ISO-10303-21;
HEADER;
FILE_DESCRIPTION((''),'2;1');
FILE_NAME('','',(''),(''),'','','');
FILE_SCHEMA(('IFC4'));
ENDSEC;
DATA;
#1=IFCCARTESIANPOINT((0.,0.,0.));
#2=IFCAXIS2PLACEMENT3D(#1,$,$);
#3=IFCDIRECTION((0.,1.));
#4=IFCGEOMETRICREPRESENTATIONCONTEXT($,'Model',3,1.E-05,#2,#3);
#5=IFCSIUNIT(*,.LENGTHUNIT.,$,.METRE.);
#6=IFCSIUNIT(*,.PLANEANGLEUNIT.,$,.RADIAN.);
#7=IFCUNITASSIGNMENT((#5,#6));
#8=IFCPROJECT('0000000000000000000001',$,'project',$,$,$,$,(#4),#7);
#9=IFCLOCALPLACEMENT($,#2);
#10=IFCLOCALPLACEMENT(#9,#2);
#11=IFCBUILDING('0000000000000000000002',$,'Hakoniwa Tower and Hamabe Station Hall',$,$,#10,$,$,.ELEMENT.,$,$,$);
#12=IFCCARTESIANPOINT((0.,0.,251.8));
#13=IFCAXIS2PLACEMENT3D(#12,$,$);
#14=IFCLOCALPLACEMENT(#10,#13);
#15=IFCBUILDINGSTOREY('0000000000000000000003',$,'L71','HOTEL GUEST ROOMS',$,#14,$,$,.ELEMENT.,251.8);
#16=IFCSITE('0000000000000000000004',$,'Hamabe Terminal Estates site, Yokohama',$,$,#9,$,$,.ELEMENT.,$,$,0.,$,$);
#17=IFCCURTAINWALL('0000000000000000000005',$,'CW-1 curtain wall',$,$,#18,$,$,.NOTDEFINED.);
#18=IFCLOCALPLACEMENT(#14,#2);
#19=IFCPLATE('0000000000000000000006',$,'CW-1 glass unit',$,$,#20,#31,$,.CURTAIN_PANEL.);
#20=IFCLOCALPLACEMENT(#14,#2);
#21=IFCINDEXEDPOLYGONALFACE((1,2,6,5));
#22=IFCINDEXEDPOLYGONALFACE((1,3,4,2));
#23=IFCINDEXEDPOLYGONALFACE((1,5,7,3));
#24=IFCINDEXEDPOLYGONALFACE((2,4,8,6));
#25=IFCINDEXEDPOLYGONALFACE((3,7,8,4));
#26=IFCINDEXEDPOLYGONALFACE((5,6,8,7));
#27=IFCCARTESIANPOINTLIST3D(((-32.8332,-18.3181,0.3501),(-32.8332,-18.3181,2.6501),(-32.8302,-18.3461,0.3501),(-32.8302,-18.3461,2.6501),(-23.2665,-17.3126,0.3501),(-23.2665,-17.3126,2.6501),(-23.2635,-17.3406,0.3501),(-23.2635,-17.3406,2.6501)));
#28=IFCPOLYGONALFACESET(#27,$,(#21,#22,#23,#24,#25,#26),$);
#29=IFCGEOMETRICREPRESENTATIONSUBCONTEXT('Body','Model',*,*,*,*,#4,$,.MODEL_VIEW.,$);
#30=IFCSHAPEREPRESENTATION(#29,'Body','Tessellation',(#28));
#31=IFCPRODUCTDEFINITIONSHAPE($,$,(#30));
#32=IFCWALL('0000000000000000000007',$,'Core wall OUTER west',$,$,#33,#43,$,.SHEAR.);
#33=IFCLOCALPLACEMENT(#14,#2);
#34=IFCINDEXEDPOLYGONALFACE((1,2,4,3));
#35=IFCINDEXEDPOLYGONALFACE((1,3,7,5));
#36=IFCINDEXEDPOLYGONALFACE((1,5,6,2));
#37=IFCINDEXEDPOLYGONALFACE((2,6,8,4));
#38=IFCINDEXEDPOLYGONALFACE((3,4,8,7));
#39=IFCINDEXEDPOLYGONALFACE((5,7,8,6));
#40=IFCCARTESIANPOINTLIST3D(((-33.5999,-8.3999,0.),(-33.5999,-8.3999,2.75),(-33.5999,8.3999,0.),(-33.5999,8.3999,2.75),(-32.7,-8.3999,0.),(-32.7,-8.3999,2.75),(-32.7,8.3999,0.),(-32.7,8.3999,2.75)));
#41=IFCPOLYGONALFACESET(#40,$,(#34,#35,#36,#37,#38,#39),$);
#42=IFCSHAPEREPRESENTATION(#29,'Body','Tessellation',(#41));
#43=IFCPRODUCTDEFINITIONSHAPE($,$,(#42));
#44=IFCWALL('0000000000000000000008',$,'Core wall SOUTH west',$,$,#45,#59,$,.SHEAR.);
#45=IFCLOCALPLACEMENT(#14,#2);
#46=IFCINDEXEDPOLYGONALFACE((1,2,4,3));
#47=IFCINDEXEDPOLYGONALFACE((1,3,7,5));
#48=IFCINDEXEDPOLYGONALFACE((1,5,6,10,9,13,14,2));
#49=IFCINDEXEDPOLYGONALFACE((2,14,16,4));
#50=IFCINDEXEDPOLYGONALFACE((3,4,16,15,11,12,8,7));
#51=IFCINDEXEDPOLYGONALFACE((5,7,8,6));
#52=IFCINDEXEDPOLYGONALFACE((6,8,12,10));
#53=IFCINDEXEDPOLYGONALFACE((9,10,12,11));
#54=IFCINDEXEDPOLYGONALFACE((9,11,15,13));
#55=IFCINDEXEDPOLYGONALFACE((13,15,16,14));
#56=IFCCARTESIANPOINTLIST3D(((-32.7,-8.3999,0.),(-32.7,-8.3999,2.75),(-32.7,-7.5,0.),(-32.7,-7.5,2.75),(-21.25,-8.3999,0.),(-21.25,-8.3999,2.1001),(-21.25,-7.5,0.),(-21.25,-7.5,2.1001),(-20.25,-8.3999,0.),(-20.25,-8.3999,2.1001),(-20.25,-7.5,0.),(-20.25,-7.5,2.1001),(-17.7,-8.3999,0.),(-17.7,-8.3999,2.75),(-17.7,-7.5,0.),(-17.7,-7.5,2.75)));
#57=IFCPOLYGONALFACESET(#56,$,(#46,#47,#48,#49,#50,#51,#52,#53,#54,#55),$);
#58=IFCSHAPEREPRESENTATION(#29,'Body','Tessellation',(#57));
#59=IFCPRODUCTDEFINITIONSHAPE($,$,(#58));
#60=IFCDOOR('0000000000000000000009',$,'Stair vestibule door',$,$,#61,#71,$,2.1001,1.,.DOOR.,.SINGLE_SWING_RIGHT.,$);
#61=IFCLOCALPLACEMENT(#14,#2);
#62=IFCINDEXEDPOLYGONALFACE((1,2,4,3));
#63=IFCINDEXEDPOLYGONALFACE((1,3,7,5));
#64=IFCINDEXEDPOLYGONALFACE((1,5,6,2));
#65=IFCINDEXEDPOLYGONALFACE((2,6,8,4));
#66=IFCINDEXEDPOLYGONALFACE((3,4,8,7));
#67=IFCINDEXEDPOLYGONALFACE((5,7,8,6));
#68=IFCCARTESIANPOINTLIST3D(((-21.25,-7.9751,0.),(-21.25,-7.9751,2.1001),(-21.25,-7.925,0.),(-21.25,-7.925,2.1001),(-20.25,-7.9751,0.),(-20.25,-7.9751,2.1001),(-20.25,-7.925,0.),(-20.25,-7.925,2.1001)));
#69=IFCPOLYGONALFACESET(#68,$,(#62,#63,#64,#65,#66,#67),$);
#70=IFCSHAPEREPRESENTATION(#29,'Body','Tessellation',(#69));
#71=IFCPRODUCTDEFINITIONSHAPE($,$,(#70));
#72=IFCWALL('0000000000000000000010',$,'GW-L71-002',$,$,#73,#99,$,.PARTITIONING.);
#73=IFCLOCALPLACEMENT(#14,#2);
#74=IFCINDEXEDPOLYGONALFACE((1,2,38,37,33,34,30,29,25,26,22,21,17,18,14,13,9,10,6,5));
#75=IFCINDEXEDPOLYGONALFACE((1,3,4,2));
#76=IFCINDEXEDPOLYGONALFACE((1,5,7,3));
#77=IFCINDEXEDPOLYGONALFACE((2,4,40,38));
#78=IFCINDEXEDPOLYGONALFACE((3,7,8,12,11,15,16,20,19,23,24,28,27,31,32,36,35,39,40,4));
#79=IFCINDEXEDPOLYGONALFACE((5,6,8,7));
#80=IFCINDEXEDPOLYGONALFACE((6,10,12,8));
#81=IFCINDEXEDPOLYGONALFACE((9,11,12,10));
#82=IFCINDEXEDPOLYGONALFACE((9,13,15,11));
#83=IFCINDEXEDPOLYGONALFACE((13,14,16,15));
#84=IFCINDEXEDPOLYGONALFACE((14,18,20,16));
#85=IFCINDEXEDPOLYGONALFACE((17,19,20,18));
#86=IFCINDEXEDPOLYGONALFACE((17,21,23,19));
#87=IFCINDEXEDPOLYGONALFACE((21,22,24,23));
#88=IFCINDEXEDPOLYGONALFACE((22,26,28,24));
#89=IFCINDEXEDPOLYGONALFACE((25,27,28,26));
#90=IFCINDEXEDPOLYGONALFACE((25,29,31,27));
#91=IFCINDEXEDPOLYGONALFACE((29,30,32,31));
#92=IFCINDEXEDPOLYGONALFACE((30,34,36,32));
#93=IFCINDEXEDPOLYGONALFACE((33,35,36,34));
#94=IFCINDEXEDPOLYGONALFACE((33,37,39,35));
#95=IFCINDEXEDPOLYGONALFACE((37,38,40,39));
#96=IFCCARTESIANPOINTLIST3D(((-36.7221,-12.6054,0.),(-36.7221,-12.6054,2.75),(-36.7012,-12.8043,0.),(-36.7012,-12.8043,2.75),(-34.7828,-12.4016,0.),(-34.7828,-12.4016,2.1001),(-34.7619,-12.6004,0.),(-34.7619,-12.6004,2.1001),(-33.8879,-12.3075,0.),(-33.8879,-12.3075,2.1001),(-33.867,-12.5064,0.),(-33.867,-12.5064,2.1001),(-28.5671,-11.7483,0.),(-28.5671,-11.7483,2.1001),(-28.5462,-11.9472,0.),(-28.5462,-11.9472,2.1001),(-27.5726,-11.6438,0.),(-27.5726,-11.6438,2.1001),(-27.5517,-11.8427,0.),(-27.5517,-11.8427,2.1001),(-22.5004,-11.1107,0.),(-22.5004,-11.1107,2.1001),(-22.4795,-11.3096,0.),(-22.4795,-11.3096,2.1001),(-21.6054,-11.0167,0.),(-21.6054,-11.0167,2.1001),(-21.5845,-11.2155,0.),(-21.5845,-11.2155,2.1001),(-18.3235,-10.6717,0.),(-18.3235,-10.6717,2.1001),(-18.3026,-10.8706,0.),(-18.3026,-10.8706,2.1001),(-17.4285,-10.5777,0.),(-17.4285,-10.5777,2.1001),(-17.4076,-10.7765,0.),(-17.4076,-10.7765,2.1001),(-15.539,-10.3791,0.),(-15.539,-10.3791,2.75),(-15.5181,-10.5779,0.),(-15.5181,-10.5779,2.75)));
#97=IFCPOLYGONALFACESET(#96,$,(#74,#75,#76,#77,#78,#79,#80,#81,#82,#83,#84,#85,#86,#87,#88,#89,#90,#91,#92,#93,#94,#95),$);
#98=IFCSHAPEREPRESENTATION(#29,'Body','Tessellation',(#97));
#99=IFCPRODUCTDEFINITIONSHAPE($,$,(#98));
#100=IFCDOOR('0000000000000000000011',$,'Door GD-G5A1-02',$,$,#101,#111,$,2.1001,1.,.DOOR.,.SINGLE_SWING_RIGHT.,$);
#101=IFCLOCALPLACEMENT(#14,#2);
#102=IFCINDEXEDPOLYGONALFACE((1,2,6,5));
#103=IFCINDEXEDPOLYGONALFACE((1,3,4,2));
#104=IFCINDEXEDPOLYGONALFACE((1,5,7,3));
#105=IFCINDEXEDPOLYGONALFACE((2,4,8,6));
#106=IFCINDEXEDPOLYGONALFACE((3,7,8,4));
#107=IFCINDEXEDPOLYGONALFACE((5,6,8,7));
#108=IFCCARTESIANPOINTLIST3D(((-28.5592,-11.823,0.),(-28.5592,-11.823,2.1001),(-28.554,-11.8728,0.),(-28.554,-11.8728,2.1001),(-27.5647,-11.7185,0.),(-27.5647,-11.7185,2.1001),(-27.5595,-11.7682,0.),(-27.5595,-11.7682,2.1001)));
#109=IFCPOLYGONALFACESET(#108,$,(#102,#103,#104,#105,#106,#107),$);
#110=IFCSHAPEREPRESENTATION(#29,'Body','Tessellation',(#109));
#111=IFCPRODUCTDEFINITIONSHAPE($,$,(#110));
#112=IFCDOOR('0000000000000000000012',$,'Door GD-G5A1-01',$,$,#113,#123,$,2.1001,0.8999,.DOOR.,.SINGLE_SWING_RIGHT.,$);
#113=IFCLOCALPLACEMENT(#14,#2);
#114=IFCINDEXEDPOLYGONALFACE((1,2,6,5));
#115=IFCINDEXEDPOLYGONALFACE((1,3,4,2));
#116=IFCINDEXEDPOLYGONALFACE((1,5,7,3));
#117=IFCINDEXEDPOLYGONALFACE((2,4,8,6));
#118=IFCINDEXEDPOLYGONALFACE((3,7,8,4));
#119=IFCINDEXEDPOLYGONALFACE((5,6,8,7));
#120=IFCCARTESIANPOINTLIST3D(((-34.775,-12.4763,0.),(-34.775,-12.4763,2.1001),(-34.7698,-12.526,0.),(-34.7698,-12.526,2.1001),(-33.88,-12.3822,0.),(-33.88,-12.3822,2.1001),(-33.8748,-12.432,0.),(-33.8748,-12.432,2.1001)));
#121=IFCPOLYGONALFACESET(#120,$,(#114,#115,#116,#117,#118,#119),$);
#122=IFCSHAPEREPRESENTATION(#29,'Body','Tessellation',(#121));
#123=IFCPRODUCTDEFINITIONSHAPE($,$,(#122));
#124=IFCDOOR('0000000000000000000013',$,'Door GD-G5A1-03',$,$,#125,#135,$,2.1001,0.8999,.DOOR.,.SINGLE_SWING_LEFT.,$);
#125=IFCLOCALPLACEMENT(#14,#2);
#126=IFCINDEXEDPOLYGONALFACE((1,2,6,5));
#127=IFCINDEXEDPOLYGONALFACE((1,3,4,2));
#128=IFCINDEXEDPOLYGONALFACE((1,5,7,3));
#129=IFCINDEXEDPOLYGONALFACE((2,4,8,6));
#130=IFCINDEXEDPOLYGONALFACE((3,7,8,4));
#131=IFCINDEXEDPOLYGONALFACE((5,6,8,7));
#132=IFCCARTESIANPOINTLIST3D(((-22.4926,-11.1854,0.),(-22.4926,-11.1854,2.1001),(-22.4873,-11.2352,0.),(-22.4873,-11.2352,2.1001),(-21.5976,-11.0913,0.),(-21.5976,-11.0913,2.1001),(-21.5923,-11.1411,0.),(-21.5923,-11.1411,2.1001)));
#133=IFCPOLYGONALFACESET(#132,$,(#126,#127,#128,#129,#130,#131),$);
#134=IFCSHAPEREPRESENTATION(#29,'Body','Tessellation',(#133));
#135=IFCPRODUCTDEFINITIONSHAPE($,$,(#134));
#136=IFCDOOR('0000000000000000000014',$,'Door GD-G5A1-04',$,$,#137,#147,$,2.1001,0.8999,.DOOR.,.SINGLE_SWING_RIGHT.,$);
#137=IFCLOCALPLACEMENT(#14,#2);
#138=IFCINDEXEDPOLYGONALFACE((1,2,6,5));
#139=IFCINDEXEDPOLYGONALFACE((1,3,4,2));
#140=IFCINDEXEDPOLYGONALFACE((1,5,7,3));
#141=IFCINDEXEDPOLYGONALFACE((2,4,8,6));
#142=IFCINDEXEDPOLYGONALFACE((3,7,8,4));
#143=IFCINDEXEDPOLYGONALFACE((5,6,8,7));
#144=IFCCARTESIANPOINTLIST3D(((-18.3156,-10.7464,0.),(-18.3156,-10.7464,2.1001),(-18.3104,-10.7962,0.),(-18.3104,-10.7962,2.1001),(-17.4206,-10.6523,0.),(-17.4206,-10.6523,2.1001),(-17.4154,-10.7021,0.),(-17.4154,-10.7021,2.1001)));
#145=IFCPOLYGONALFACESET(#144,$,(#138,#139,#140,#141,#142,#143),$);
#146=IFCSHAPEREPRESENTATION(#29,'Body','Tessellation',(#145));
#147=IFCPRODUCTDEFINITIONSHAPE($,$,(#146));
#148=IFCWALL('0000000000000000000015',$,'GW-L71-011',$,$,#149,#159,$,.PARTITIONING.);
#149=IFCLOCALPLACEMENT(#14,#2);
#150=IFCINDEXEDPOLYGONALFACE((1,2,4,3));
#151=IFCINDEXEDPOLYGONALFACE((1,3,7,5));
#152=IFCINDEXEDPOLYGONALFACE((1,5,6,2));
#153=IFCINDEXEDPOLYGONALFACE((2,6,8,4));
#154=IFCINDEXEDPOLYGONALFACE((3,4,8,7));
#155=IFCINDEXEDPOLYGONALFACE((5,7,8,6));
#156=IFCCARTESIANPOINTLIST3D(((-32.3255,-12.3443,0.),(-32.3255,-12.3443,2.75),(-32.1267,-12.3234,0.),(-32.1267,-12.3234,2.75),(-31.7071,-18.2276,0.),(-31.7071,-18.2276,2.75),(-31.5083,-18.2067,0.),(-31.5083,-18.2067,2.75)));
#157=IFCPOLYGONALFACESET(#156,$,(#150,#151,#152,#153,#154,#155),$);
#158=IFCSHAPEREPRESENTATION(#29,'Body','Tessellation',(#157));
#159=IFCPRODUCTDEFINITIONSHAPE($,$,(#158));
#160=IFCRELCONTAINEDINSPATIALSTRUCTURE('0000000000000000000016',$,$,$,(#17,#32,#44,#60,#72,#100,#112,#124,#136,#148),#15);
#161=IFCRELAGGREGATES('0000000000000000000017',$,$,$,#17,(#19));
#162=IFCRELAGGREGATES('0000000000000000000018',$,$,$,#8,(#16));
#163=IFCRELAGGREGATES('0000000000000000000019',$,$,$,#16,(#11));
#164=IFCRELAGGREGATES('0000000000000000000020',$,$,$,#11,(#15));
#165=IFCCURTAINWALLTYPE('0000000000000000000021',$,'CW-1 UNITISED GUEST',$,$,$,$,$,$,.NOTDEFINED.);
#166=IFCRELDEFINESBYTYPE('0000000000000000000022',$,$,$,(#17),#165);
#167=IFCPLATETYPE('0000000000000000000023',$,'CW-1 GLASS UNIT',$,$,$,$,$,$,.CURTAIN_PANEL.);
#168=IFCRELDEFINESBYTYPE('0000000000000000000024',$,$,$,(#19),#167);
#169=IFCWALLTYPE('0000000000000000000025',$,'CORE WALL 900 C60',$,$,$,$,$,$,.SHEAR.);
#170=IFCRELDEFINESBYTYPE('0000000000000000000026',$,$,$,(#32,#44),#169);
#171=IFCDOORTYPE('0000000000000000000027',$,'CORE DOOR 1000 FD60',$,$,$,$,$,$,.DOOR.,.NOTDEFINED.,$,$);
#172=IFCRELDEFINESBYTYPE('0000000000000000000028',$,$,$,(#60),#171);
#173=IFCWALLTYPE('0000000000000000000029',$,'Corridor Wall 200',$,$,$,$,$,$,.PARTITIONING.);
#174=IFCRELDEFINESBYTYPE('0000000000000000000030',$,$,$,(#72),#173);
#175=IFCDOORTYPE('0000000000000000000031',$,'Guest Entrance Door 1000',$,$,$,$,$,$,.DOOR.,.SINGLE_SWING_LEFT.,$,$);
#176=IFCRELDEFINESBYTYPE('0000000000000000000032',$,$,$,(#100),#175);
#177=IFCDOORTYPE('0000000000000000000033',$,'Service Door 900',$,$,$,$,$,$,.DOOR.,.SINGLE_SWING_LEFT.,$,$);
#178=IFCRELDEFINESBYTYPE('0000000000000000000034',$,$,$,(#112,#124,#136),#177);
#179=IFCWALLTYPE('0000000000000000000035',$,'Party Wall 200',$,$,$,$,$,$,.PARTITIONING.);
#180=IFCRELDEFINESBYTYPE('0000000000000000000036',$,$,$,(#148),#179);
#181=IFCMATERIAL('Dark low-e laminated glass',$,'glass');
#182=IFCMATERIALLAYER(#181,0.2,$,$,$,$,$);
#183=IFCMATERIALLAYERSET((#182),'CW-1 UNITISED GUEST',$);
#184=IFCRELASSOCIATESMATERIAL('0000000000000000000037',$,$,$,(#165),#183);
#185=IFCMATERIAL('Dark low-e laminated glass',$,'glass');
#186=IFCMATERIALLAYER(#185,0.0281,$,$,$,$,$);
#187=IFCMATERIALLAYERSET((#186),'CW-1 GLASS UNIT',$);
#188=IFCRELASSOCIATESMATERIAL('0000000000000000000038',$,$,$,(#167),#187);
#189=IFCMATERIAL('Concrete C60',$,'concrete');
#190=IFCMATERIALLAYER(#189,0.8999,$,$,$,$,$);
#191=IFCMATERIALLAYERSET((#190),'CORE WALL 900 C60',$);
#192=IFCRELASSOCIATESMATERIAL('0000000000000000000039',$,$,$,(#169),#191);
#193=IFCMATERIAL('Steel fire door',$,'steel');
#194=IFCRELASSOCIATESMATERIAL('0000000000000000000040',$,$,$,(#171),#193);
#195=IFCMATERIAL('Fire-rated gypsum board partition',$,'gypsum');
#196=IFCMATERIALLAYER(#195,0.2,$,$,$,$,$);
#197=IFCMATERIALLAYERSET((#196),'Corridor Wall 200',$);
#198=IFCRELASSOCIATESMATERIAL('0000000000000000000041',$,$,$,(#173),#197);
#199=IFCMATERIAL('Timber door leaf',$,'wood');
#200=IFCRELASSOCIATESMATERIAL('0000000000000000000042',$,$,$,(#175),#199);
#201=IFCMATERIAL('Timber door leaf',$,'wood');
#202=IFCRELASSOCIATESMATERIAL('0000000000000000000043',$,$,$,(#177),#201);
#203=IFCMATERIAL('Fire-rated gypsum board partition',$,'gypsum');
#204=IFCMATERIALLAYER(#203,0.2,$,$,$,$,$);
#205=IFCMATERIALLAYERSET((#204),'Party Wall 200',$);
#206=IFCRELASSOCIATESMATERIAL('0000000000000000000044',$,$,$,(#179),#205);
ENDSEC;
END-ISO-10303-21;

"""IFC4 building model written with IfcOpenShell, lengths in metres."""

from ifc_helpers import new_model, si_unit, direction, frame, frame_2d, origin, origin_2d, place, context, subcontext, project, spatial, rectangle, extrude, material, layer, layer_set, type_object, element, fill, aggregate, save


model = new_model("IFC4")

# Units and contexts
model_context = context("Model", 3, precision=1e-05, world=origin(), true_north=direction((0.0, 1.0)))
body_context = subcontext(model_context, "Body", "Model", "MODEL_VIEW")
ifc_project = project(units=[si_unit("LENGTHUNIT", "METRE"), si_unit("PLANEANGLEUNIT", "RADIAN")], contexts=[model_context])

# Site, building, storey
site_placement = place(None, origin())
site = spatial("IfcSite", under=ifc_project, at=site_placement, Name="Hamabe Terminal Estates site, Yokohama", CompositionType="ELEMENT", RefElevation=0.0)
building_placement = place(site_placement, origin())
building = spatial("IfcBuilding", under=site, at=building_placement, Name="Hakoniwa Tower and Hamabe Station Hall", CompositionType="ELEMENT")
storey_placement = place(building_placement, frame((0.0, 0.0, 251.8)))
storey = spatial("IfcBuildingStorey", under=building, at=storey_placement, Name="L71", Description="HOTEL GUEST ROOMS", CompositionType="ELEMENT", Elevation=251.8)

# Curtain wall
ifc_material_1 = material(Name="Dark low-e laminated glass", Category="glass")
ifc_layer_1 = layer(ifc_material_1, 0.2)
ifc_layer_set_1 = layer_set([ifc_layer_1], Name="CW-1 UNITISED GUEST")
curtain_wall_type = type_object("IfcCurtainWallType", Name="CW-1 UNITISED GUEST", PredefinedType="NOTDEFINED", material=ifc_layer_set_1)
curtain_wall_1_placement = place(storey_placement, origin())
curtain_wall_1 = element("IfcCurtainWall", 1, at=curtain_wall_1_placement, inside=storey, type_object=curtain_wall_type, Name="CW-1 curtain wall", PredefinedType="NOTDEFINED")

# Plate
ifc_material_2 = material(Name="Dark low-e laminated glass", Category="glass")
ifc_layer_2 = layer(ifc_material_2, 0.0281)
ifc_layer_set_2 = layer_set([ifc_layer_2], Name="CW-1 GLASS UNIT")
plate_type = type_object("IfcPlateType", Name="CW-1 GLASS UNIT", PredefinedType="CURTAIN_PANEL", material=ifc_layer_set_2)
plate_1_placement = place(storey_placement, frame((-28.0483, -17.8293, 0.3501), z_axis=(0.0, 0.0, 1.0), x_axis=(0.994522, 0.104528, 0.0)))
plate_1 = element("IfcPlate", 2, at=plate_1_placement, type_object=plate_type, Name="CW-1 glass unit", PredefinedType="CURTAIN_PANEL", context=body_context, shape_type="SweptSolid", body=[
    extrude(rectangle(XDim=9.6194, YDim=0.0281, at=origin_2d()), origin(), (0.0, 0.0, 1.0), 2.3),
])
aggregate(curtain_wall_1, [plate_1])

# Wall
ifc_material_3 = material(Name="Concrete C60", Category="concrete")
ifc_layer_3 = layer(ifc_material_3, 0.8999)
ifc_layer_set_3 = layer_set([ifc_layer_3], Name="CORE WALL 900 C60")
wall_type_1 = type_object("IfcWallType", Name="CORE WALL 900 C60", PredefinedType="SHEAR", material=ifc_layer_set_3)
wall_1_placement = place(storey_placement, frame((-33.1499, -8.3999, 0.0), z_axis=(0.0, 0.0, 1.0), x_axis=(0.0, 1.0, 0.0)))
element("IfcWall", 3, at=wall_1_placement, inside=storey, type_object=wall_type_1, Name="Core wall OUTER west", PredefinedType="SHEAR", context=body_context, shape_type="SweptSolid", body=[
    extrude(rectangle(XDim=16.7998, YDim=0.8999, at=frame_2d((8.3999, 0.0))), origin(), (0.0, 0.0, 1.0), 2.75),
])

# Wall, opening, door
wall_2_placement = place(storey_placement, frame((-32.7, -7.95, 0.0), z_axis=(0.0, 0.0, 1.0), x_axis=(1.0, 0.0, 0.0)))
wall_2 = element("IfcWall", 4, at=wall_2_placement, inside=storey, type_object=wall_type_1, Name="Core wall SOUTH west", PredefinedType="SHEAR", context=body_context, shape_type="SweptSolid", body=[
    extrude(rectangle(XDim=15.0, YDim=0.8999, at=frame_2d((7.5, 0.0))), origin(), (0.0, 0.0, 1.0), 2.75),
])
opening_1_placement = place(wall_2_placement, frame((11.45, 0.0, 0.0)))
opening_1 = element("IfcOpeningElement", 5, at=opening_1_placement, cuts=wall_2, PredefinedType="OPENING", context=body_context, shape_type="SweptSolid", body=[
    extrude(rectangle(XDim=1.0, YDim=2.1001, at=frame_2d((0.5, 1.05))), frame((0.0, 0.46, 0.0), z_axis=(0.0, -1.0, 0.0), x_axis=(1.0, 0.0, 0.0)), (0.0, 0.0, 1.0), 0.9199),
])
ifc_material_4 = material(Name="Steel fire door", Category="steel")
door_type_1 = type_object("IfcDoorType", Name="CORE DOOR 1000 FD60", OperationType="NOTDEFINED", PredefinedType="DOOR", material=ifc_material_4)
door_1_placement = place(opening_1_placement, origin())
door_1 = element("IfcDoor", 6, at=door_1_placement, inside=storey, type_object=door_type_1, Name="Stair vestibule door", OperationType="SINGLE_SWING_RIGHT", OverallHeight=2.1001, OverallWidth=1.0, PredefinedType="DOOR", context=body_context, shape_type="SweptSolid", body=[
    extrude(rectangle(XDim=1.0, YDim=2.1001, at=frame_2d((0.5, 1.05))), frame((0.0, 0.0249, 0.0), z_axis=(0.0, -1.0, 0.0), x_axis=(1.0, 0.0, 0.0)), (0.0, 0.0, 1.0), 0.05),
])
fill(opening_1, door_1)

# Wall, openings, doors
ifc_material_5 = material(Name="Fire-rated gypsum board partition", Category="gypsum")
ifc_layer_4 = layer(ifc_material_5, 0.2)
ifc_layer_set_4 = layer_set([ifc_layer_4], Name="Corridor Wall 200")
wall_type_2 = type_object("IfcWallType", Name="Corridor Wall 200", PredefinedType="PARTITIONING", material=ifc_layer_set_4)
wall_3_placement = place(storey_placement, frame((-36.7117, -12.7048, 0.0), z_axis=(0.0, 0.0, 1.0), x_axis=(0.994522, 0.104523, 0.0)))
wall_3 = element("IfcWall", 7, at=wall_3_placement, inside=storey, type_object=wall_type_2, Name="GW-L71-002", PredefinedType="PARTITIONING", context=body_context, shape_type="SweptSolid", body=[
    extrude(rectangle(XDim=21.2998, YDim=0.2, at=frame_2d((10.6499, 0.0))), origin(), (0.0, 0.0, 1.0), 2.75),
])
opening_2_placement = place(wall_3_placement, frame((1.95, 0.0, 0.0)))
opening_2 = element("IfcOpeningElement", 8, at=opening_2_placement, cuts=wall_3, PredefinedType="OPENING", context=body_context, shape_type="SweptSolid", body=[
    extrude(rectangle(XDim=0.8999, YDim=2.1001, at=frame_2d((0.45, 1.05))), frame((0.0, 0.1099, 0.0), z_axis=(0.0, -1.0, 0.0), x_axis=(1.0, 0.0, 0.0)), (0.0, 0.0, 1.0), 0.22),
])
opening_3_placement = place(wall_3_placement, frame((8.2, 0.0, 0.0)))
opening_3 = element("IfcOpeningElement", 9, at=opening_3_placement, cuts=wall_3, PredefinedType="OPENING", context=body_context, shape_type="SweptSolid", body=[
    extrude(rectangle(XDim=1.0, YDim=2.1001, at=frame_2d((0.5, 1.05))), frame((0.0, 0.1099, 0.0), z_axis=(0.0, -1.0, 0.0), x_axis=(1.0, 0.0, 0.0)), (0.0, 0.0, 1.0), 0.22),
])
opening_4_placement = place(wall_3_placement, frame((14.3, 0.0, 0.0)))
opening_4 = element("IfcOpeningElement", 10, at=opening_4_placement, cuts=wall_3, PredefinedType="OPENING", context=body_context, shape_type="SweptSolid", body=[
    extrude(rectangle(XDim=0.8999, YDim=2.1001, at=frame_2d((0.45, 1.05))), frame((0.0, 0.1099, 0.0), z_axis=(0.0, -1.0, 0.0), x_axis=(1.0, 0.0, 0.0)), (0.0, 0.0, 1.0), 0.22),
])
opening_5_placement = place(wall_3_placement, frame((18.5, 0.0, 0.0)))
opening_5 = element("IfcOpeningElement", 11, at=opening_5_placement, cuts=wall_3, PredefinedType="OPENING", context=body_context, shape_type="SweptSolid", body=[
    extrude(rectangle(XDim=0.8999, YDim=2.1001, at=frame_2d((0.45, 1.05))), frame((0.0, 0.1099, 0.0), z_axis=(0.0, -1.0, 0.0), x_axis=(1.0, 0.0, 0.0)), (0.0, 0.0, 1.0), 0.22),
])
ifc_material_6 = material(Name="Timber door leaf", Category="wood")
door_type_2 = type_object("IfcDoorType", Name="Guest Entrance Door 1000", OperationType="SINGLE_SWING_LEFT", PredefinedType="DOOR", material=ifc_material_6)
door_2_placement = place(opening_3_placement, origin())
door_2 = element("IfcDoor", 12, at=door_2_placement, inside=storey, type_object=door_type_2, Name="Door GD-G5A1-02", OperationType="SINGLE_SWING_RIGHT", OverallHeight=2.1001, OverallWidth=1.0, PredefinedType="DOOR", context=body_context, shape_type="SweptSolid", body=[
    extrude(rectangle(XDim=1.0, YDim=2.1001, at=frame_2d((0.5, 1.05))), frame((0.0, 0.0249, 0.0), z_axis=(0.0, -1.0, 0.0), x_axis=(1.0, 0.0, 0.0)), (0.0, 0.0, 1.0), 0.05),
])
fill(opening_3, door_2)
ifc_material_7 = material(Name="Timber door leaf", Category="wood")
door_type_3 = type_object("IfcDoorType", Name="Service Door 900", OperationType="SINGLE_SWING_LEFT", PredefinedType="DOOR", material=ifc_material_7)
door_3_placement = place(opening_2_placement, origin())
door_3 = element("IfcDoor", 13, at=door_3_placement, inside=storey, type_object=door_type_3, Name="Door GD-G5A1-01", OperationType="SINGLE_SWING_RIGHT", OverallHeight=2.1001, OverallWidth=0.8999, PredefinedType="DOOR", context=body_context, shape_type="SweptSolid", body=[
    extrude(rectangle(XDim=0.8999, YDim=2.1001, at=frame_2d((0.45, 1.05))), frame((0.0, 0.0249, 0.0), z_axis=(0.0, -1.0, 0.0), x_axis=(1.0, 0.0, 0.0)), (0.0, 0.0, 1.0), 0.05),
])
fill(opening_2, door_3)
door_4_placement = place(opening_4_placement, origin())
door_4 = element("IfcDoor", 14, at=door_4_placement, inside=storey, type_object=door_type_3, Name="Door GD-G5A1-03", OperationType="SINGLE_SWING_LEFT", OverallHeight=2.1001, OverallWidth=0.8999, PredefinedType="DOOR", context=body_context, shape_type="SweptSolid", body=[
    extrude(rectangle(XDim=0.8999, YDim=2.1001, at=frame_2d((0.45, 1.05))), frame((0.0, 0.0249, 0.0), z_axis=(0.0, -1.0, 0.0), x_axis=(1.0, 0.0, 0.0)), (0.0, 0.0, 1.0), 0.05),
])
fill(opening_4, door_4)
door_5_placement = place(opening_5_placement, origin())
door_5 = element("IfcDoor", 15, at=door_5_placement, inside=storey, type_object=door_type_3, Name="Door GD-G5A1-04", OperationType="SINGLE_SWING_RIGHT", OverallHeight=2.1001, OverallWidth=0.8999, PredefinedType="DOOR", context=body_context, shape_type="SweptSolid", body=[
    extrude(rectangle(XDim=0.8999, YDim=2.1001, at=frame_2d((0.45, 1.05))), frame((0.0, 0.0249, 0.0), z_axis=(0.0, -1.0, 0.0), x_axis=(1.0, 0.0, 0.0)), (0.0, 0.0, 1.0), 0.05),
])
fill(opening_5, door_5)

# Wall
ifc_material_8 = material(Name="Fire-rated gypsum board partition", Category="gypsum")
ifc_layer_5 = layer(ifc_material_8, 0.2)
ifc_layer_set_5 = layer_set([ifc_layer_5], Name="Party Wall 200")
wall_type_3 = type_object("IfcWallType", Name="Party Wall 200", PredefinedType="PARTITIONING", material=ifc_layer_set_5)
wall_4_placement = place(storey_placement, frame((-31.6077, -18.2173, 0.0), z_axis=(0.0, 0.0, 1.0), x_axis=(-0.104537, 0.994521, 0.0)))
element("IfcWall", 16, at=wall_4_placement, inside=storey, type_object=wall_type_3, Name="GW-L71-011", PredefinedType="PARTITIONING", context=body_context, shape_type="SweptSolid", body=[
    extrude(rectangle(XDim=5.9158, YDim=0.2, at=frame_2d((2.958, 0.0))), origin(), (0.0, 0.0, 1.0), 2.75),
])

save(model, "model.ifc")
